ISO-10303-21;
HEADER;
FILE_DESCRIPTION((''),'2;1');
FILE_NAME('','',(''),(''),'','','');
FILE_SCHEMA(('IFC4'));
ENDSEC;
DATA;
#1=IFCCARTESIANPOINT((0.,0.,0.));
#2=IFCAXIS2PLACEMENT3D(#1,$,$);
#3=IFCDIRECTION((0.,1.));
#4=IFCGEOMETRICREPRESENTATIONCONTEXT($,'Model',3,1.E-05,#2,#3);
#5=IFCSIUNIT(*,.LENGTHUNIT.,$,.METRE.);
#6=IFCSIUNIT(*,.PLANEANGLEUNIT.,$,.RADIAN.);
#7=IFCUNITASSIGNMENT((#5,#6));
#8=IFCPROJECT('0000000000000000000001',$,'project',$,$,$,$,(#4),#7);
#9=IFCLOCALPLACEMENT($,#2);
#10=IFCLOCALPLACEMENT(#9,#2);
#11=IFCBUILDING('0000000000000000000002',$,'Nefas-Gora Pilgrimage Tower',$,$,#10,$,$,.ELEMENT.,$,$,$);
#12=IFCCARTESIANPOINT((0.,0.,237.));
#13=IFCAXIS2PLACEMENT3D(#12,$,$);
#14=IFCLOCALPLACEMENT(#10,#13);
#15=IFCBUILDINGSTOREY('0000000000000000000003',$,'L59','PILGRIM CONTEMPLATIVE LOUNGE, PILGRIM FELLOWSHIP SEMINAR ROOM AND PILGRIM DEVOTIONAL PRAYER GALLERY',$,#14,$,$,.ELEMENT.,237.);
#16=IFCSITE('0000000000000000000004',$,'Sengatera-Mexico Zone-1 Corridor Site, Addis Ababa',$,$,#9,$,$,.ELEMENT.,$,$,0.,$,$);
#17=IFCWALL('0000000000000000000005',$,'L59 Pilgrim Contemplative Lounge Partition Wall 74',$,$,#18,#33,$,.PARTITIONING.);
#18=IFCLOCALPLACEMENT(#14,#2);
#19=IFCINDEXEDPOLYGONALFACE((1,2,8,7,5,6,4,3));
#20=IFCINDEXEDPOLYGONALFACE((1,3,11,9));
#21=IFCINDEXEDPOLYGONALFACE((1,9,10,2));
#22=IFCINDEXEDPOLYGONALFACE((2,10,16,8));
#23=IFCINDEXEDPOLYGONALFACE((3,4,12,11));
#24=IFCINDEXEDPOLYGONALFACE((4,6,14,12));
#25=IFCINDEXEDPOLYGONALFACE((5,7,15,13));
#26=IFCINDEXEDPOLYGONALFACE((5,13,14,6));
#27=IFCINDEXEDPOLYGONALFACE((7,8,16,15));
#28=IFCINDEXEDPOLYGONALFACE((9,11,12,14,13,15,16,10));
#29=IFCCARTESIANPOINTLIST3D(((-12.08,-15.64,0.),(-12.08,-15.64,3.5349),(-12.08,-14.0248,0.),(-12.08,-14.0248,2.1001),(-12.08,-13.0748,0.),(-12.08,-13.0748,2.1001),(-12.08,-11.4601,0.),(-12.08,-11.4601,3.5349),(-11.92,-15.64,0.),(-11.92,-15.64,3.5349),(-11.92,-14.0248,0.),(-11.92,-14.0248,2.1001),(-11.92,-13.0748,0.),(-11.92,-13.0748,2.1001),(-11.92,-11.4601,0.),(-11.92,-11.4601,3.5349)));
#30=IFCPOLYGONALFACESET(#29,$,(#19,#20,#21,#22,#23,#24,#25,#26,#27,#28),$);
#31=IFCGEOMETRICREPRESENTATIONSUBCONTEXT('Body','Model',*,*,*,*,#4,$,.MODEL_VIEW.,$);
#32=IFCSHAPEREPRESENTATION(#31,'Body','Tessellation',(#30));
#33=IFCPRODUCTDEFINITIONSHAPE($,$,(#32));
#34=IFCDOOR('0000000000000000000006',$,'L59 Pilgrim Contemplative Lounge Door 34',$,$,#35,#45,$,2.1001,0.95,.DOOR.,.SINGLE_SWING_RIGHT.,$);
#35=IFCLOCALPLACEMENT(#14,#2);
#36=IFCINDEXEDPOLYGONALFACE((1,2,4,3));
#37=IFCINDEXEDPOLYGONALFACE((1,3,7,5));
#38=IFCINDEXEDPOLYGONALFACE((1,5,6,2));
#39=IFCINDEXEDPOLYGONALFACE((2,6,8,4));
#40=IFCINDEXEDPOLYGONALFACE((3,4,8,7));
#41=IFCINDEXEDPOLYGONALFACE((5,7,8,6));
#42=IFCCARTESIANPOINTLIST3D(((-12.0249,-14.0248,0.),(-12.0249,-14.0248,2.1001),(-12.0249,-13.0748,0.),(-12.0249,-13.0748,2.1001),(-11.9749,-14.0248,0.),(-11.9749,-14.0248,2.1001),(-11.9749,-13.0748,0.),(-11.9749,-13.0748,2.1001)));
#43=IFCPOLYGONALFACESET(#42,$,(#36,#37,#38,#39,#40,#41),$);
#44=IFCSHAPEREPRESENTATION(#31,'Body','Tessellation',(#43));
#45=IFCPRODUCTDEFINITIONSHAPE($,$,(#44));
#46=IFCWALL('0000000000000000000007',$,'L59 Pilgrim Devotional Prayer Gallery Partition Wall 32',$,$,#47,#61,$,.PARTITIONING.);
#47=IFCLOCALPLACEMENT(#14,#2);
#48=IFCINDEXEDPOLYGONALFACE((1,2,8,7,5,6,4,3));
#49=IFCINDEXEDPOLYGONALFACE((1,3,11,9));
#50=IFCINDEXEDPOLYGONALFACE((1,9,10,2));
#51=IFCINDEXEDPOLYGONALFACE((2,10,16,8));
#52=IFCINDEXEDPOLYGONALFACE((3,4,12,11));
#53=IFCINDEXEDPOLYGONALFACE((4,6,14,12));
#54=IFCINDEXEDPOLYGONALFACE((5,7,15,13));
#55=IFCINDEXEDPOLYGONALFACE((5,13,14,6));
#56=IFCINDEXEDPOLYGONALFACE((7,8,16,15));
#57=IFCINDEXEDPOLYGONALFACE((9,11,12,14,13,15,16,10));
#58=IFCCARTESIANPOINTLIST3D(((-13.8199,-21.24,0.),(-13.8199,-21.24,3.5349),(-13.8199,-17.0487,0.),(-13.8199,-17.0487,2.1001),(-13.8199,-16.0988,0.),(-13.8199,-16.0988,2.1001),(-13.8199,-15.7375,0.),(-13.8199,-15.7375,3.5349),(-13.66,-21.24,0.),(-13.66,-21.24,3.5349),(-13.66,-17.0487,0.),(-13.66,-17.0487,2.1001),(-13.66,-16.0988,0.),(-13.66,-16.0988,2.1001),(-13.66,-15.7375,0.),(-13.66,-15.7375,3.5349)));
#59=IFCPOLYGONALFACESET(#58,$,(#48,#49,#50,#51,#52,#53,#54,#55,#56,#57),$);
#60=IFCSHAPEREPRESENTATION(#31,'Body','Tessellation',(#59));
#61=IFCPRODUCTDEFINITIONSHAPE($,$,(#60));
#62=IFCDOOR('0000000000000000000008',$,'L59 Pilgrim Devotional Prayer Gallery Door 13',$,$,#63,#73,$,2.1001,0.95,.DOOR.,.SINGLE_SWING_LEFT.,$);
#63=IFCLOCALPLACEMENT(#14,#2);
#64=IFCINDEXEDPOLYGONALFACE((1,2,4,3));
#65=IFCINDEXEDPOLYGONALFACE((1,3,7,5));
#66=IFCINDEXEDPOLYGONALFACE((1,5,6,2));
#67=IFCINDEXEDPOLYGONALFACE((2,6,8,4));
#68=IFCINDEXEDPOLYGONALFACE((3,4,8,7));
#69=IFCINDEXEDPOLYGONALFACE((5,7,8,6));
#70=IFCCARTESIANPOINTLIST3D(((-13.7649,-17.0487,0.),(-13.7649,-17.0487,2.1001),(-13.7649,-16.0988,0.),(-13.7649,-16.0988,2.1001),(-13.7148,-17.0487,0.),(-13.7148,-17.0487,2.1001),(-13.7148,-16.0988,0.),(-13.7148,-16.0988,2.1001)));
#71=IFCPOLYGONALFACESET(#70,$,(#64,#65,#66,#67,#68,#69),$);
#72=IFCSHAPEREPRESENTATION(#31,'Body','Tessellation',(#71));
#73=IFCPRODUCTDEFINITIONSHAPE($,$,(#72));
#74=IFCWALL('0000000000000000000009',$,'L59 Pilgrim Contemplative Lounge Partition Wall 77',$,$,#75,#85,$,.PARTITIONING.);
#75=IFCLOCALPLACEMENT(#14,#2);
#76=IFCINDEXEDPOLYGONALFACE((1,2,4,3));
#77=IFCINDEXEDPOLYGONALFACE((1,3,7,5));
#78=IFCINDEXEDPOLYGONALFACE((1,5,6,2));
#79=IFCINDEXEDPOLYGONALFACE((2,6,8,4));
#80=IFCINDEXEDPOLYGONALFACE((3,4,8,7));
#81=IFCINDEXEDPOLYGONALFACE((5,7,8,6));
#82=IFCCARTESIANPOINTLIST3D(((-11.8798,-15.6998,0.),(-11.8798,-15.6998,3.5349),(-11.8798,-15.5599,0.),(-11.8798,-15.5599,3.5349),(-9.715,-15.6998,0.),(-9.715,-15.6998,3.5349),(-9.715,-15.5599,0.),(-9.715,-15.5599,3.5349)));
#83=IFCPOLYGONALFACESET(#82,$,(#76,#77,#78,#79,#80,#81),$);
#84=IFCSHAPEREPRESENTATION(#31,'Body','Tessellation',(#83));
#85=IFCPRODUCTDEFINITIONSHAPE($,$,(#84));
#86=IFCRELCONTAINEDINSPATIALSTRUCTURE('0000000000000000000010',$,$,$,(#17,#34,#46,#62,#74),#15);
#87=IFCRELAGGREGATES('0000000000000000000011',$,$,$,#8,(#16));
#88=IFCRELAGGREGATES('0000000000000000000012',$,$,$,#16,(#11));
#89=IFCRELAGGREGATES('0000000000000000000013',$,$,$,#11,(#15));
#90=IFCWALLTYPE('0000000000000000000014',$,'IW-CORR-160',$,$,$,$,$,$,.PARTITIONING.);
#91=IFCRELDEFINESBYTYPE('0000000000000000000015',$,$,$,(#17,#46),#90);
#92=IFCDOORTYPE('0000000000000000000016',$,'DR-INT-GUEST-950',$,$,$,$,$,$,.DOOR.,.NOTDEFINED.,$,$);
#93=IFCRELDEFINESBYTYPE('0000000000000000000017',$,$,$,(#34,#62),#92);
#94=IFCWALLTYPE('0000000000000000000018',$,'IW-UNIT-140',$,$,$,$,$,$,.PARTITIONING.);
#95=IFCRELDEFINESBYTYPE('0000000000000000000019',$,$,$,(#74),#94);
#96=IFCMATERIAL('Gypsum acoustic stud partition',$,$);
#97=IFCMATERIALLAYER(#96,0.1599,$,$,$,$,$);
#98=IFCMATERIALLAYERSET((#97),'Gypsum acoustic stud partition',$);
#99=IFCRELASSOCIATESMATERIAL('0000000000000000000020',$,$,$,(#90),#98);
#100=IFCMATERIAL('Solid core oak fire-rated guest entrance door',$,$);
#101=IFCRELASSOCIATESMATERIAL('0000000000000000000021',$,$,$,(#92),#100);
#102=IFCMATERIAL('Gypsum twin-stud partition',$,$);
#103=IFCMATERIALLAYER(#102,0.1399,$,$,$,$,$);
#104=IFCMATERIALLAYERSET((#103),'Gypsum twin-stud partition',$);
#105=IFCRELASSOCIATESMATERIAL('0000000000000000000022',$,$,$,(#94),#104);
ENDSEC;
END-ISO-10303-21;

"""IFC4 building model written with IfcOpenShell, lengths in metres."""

from ifc_helpers import new_model, si_unit, direction, frame, frame_2d, origin, place, context, subcontext, project, spatial, rectangle, extrude, source, transform, mapped, material, layer, layer_set, type_object, element, fill, save


model = new_model("IFC4")

# Units and contexts
model_context = context("Model", 3, precision=1e-05, world=origin(), true_north=direction((0.0, 1.0)))
body_context = subcontext(model_context, "Body", "Model", "MODEL_VIEW")
ifc_project = project(units=[si_unit("LENGTHUNIT", "METRE"), si_unit("PLANEANGLEUNIT", "RADIAN")], contexts=[model_context])

# Site, building, storey
site_placement = place(None, origin())
site = spatial("IfcSite", under=ifc_project, at=site_placement, Name="Sengatera-Mexico Zone-1 Corridor Site, Addis Ababa", CompositionType="ELEMENT", RefElevation=0.0)
building_placement = place(site_placement, origin())
building = spatial("IfcBuilding", under=site, at=building_placement, Name="Nefas-Gora Pilgrimage Tower", CompositionType="ELEMENT")
storey_placement = place(building_placement, frame((0.0, 0.0, 237.0)))
storey = spatial("IfcBuildingStorey", under=building, at=storey_placement, Name="L59", Description="PILGRIM CONTEMPLATIVE LOUNGE, PILGRIM FELLOWSHIP SEMINAR ROOM AND PILGRIM DEVOTIONAL PRAYER GALLERY", CompositionType="ELEMENT", Elevation=237.0)

# Shared definitions
ifc_material_1 = material(Name="Gypsum acoustic stud partition")
ifc_layer_1 = layer(ifc_material_1, 0.1599)
ifc_layer_set_1 = layer_set([ifc_layer_1], Name="Gypsum acoustic stud partition")
wall_type_1 = type_object("IfcWallType", Name="IW-CORR-160", PredefinedType="PARTITIONING", material=ifc_layer_set_1)
ifc_material_2 = material(Name="Solid core oak fire-rated guest entrance door")
door_type = type_object("IfcDoorType", Name="DR-INT-GUEST-950", OperationType="NOTDEFINED", PredefinedType="DOOR", material=ifc_material_2)
shared_shape_1 = source(origin(), body_context, "Body", "SweptSolid", [
    extrude(rectangle(XDim=0.95, YDim=2.1001, at=frame_2d((0.4751, 1.05))), frame((0.0, 0.0249, 0.0), z_axis=(0.0, -1.0, 0.0), x_axis=(1.0, 0.0, 0.0)), (0.0, 0.0, 1.0), 0.05),
])

# Shared definitions
ifc_material_3 = material(Name="Gypsum twin-stud partition")
ifc_layer_2 = layer(ifc_material_3, 0.1399)
ifc_layer_set_2 = layer_set([ifc_layer_2], Name="Gypsum twin-stud partition")
wall_type_2 = type_object("IfcWallType", Name="IW-UNIT-140", PredefinedType="PARTITIONING", material=ifc_layer_set_2)

# Walls, openings, doors
shared_shape_2 = source(origin(), body_context, "Body", "SweptSolid", [
    extrude(rectangle(XDim=4.1799, YDim=0.1599, at=frame_2d((2.0898, 0.0))), origin(), (0.0, 0.0, 1.0), 3.5349),
])
wall_1_placement = place(storey_placement, frame((-12.0, -15.6399, 0.0), z_axis=(0.0, 0.0, 1.0), x_axis=(0.0, 1.0, 0.0)))
wall_1 = element("IfcWall", 1, at=wall_1_placement, inside=storey, type_object=wall_type_1, Name="L59 Pilgrim Contemplative Lounge Partition Wall 74", PredefinedType="PARTITIONING", context=body_context, shape_type="MappedRepresentation", body=[
    mapped(shared_shape_2, transform((0.0, 0.0, 0.0), x_axis=(1.0, 0.0, 0.0), y_axis=(0.0, 1.0, 0.0), z_axis=(0.0, 0.0, 1.0), scale=1.0)),
])
opening_1_placement = place(wall_1_placement, frame((1.615, 0.0, 0.0)))
opening_1 = element("IfcOpeningElement", 2, at=opening_1_placement, cuts=wall_1, PredefinedType="OPENING", context=body_context, shape_type="SweptSolid", body=[
    extrude(rectangle(XDim=0.95, YDim=2.1001, at=frame_2d((0.4751, 1.05))), frame((0.0, 0.0898, 0.0), z_axis=(0.0, -1.0, 0.0), x_axis=(1.0, 0.0, 0.0)), (0.0, 0.0, 1.0), 0.1799),
])
door_1_placement = place(opening_1_placement, origin())
door_1 = element("IfcDoor", 3, at=door_1_placement, inside=storey, type_object=door_type, Name="L59 Pilgrim Contemplative Lounge Door 34", OperationType="SINGLE_SWING_RIGHT", OverallHeight=2.1001, OverallWidth=0.95, PredefinedType="DOOR", context=body_context, shape_type="MappedRepresentation", body=[
    mapped(shared_shape_1, transform((0.0, 0.0, 0.0), x_axis=(1.0, 0.0, 0.0), y_axis=(0.0, 1.0, 0.0), z_axis=(0.0, 0.0, 1.0), scale=1.0)),
])
fill(opening_1, door_1)
shared_shape_3 = source(origin(), body_context, "Body", "SweptSolid", [
    extrude(rectangle(XDim=5.5024, YDim=0.1599, at=frame_2d((2.7512, 0.0))), origin(), (0.0, 0.0, 1.0), 3.5349),
])
wall_2_placement = place(storey_placement, frame((-13.74, -21.24, 0.0), z_axis=(0.0, 0.0, 1.0), x_axis=(0.0, 1.0, 0.0)))
wall_2 = element("IfcWall", 4, at=wall_2_placement, inside=storey, type_object=wall_type_1, Name="L59 Pilgrim Devotional Prayer Gallery Partition Wall 32", PredefinedType="PARTITIONING", context=body_context, shape_type="MappedRepresentation", body=[
    mapped(shared_shape_3, transform((0.0, 0.0, 0.0), x_axis=(1.0, 0.0, 0.0), y_axis=(0.0, 1.0, 0.0), z_axis=(0.0, 0.0, 1.0), scale=1.0)),
])
opening_2_placement = place(wall_2_placement, frame((4.1912, 0.0, 0.0)))
opening_2 = element("IfcOpeningElement", 5, at=opening_2_placement, cuts=wall_2, PredefinedType="OPENING", context=body_context, shape_type="SweptSolid", body=[
    extrude(rectangle(XDim=0.95, YDim=2.1001, at=frame_2d((0.4751, 1.05))), frame((0.0, 0.0898, 0.0), z_axis=(0.0, -1.0, 0.0), x_axis=(1.0, 0.0, 0.0)), (0.0, 0.0, 1.0), 0.1799),
])
door_2_placement = place(opening_2_placement, origin())
door_2 = element("IfcDoor", 6, at=door_2_placement, inside=storey, type_object=door_type, Name="L59 Pilgrim Devotional Prayer Gallery Door 13", OperationType="SINGLE_SWING_LEFT", OverallHeight=2.1001, OverallWidth=0.95, PredefinedType="DOOR", context=body_context, shape_type="MappedRepresentation", body=[
    mapped(shared_shape_1, transform((0.0, 0.0, 0.0), x_axis=(1.0, 0.0, 0.0), y_axis=(0.0, 1.0, 0.0), z_axis=(0.0, 0.0, 1.0), scale=1.0)),
])
fill(opening_2, door_2)

# Wall
shared_shape_4 = source(origin(), body_context, "Body", "SweptSolid", [
    extrude(rectangle(XDim=2.1648, YDim=0.1399, at=frame_2d((1.0825, 0.0))), origin(), (0.0, 0.0, 1.0), 3.5349),
])
wall_3_placement = place(storey_placement, frame((-11.8799, -15.6299, 0.0), z_axis=(0.0, 0.0, 1.0), x_axis=(1.0, 0.0, 0.0)))
element("IfcWall", 7, at=wall_3_placement, inside=storey, type_object=wall_type_2, Name="L59 Pilgrim Contemplative Lounge Partition Wall 77", PredefinedType="PARTITIONING", context=body_context, shape_type="MappedRepresentation", body=[
    mapped(shared_shape_4, transform((0.0, 0.0, 0.0), x_axis=(1.0, 0.0, 0.0), y_axis=(0.0, 1.0, 0.0), z_axis=(0.0, 0.0, 1.0), scale=1.0)),
])

save(model, "model.ifc")
